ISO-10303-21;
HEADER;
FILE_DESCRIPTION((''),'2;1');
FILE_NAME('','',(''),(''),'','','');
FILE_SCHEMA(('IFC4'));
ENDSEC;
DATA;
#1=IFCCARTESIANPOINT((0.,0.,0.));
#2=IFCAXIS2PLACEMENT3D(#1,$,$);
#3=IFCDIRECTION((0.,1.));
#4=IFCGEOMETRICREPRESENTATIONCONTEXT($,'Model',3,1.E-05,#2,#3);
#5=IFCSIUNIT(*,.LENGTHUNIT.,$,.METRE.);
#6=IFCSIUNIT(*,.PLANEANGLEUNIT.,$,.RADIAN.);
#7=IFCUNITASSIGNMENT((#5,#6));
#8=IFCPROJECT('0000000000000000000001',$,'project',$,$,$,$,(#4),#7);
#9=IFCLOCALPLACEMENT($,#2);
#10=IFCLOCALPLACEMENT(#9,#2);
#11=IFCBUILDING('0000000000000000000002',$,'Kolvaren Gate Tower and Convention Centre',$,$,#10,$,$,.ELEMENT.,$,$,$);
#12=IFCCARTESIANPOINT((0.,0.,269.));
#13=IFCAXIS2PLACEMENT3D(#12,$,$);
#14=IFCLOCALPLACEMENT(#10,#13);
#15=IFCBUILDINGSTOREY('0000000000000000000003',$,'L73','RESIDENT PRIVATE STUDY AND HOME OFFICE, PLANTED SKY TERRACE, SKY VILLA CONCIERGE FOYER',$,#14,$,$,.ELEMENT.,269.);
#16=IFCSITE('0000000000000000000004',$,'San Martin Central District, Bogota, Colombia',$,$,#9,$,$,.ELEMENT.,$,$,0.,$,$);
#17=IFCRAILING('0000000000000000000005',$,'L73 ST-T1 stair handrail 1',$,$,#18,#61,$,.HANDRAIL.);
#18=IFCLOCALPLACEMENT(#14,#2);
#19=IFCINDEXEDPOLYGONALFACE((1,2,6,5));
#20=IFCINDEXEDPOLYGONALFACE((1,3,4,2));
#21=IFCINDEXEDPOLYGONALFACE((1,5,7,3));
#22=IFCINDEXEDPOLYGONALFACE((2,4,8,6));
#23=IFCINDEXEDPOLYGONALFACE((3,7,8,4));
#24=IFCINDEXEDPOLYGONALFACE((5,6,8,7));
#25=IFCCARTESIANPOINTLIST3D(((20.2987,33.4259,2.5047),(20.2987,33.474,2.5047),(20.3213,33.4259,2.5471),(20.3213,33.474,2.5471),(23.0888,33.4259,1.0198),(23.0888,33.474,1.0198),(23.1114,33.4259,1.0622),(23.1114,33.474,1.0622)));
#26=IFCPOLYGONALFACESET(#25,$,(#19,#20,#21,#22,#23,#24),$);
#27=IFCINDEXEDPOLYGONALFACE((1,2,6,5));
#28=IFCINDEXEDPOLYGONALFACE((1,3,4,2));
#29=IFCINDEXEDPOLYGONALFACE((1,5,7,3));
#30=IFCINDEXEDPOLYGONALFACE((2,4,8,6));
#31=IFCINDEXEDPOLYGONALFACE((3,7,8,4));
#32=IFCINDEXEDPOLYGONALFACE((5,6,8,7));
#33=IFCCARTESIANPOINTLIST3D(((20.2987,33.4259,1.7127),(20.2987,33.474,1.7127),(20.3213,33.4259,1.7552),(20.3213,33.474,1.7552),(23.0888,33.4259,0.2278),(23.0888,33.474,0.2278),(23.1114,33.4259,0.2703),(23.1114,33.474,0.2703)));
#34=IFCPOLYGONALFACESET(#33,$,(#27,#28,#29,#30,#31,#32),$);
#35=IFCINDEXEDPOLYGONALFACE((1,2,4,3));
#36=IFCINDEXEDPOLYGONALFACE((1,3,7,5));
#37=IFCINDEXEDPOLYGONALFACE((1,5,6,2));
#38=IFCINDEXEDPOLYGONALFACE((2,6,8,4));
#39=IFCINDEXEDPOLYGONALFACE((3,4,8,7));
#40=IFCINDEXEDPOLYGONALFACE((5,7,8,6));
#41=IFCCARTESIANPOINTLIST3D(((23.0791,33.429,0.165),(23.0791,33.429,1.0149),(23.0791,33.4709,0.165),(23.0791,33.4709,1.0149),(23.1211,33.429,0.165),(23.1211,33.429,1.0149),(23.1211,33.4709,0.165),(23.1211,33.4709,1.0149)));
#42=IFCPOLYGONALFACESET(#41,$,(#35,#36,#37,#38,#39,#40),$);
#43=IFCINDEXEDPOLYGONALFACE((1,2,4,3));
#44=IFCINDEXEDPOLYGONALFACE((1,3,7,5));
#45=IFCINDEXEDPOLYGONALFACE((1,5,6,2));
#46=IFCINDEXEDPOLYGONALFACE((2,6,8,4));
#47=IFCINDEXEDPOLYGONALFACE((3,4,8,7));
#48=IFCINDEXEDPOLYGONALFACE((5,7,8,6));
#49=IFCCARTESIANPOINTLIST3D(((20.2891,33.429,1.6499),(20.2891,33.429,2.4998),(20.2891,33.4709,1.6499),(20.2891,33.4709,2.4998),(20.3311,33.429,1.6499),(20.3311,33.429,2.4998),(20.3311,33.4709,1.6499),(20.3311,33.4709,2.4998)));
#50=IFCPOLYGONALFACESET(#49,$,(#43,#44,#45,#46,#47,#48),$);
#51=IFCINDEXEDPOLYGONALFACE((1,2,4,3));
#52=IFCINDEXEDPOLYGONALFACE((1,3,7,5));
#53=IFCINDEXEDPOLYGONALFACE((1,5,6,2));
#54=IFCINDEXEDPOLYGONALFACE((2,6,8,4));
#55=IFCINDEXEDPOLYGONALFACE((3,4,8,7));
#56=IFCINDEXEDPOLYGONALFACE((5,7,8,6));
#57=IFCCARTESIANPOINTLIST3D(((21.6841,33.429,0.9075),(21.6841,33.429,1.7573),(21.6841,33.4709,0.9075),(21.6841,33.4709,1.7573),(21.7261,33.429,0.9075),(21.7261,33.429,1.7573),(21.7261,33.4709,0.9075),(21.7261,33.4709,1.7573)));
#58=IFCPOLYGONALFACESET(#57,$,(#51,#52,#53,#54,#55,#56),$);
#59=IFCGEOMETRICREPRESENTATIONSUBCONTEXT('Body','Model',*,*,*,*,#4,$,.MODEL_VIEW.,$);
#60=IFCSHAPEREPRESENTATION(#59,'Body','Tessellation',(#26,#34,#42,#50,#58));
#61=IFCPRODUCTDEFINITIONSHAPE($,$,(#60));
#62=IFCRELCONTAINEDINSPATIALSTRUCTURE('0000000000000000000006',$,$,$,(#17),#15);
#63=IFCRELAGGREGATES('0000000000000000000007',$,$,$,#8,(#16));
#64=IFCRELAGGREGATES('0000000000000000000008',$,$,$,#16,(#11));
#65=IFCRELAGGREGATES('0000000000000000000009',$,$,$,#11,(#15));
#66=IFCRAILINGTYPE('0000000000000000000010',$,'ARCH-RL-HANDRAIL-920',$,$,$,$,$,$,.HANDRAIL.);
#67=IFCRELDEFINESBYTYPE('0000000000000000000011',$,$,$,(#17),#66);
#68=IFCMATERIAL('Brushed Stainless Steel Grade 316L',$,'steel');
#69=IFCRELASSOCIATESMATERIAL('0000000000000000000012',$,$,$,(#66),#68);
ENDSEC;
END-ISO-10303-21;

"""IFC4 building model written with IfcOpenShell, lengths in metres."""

from ifc_helpers import new_model, si_unit, direction, frame, origin, origin_2d, place, context, subcontext, project, spatial, rectangle, extrude, material, type_object, element, save


model = new_model("IFC4")

# Units and contexts
model_context = context("Model", 3, precision=1e-05, world=origin(), true_north=direction((0.0, 1.0)))
body_context = subcontext(model_context, "Body", "Model", "MODEL_VIEW")
ifc_project = project(units=[si_unit("LENGTHUNIT", "METRE"), si_unit("PLANEANGLEUNIT", "RADIAN")], contexts=[model_context])

# Site, building, storey
site_placement = place(None, origin())
site = spatial("IfcSite", under=ifc_project, at=site_placement, Name="San Martin Central District, Bogota, Colombia", CompositionType="ELEMENT", RefElevation=0.0)
building_placement = place(site_placement, origin())
building = spatial("IfcBuilding", under=site, at=building_placement, Name="Kolvaren Gate Tower and Convention Centre", CompositionType="ELEMENT")
storey_placement = place(building_placement, frame((0.0, 0.0, 269.0)))
storey = spatial("IfcBuildingStorey", under=building, at=storey_placement, Name="L73", Description="RESIDENT PRIVATE STUDY AND HOME OFFICE, PLANTED SKY TERRACE, SKY VILLA CONCIERGE FOYER", CompositionType="ELEMENT", Elevation=269.0)

# Railing
ifc_material_1 = material(Name="Brushed Stainless Steel Grade 316L", Category="steel")
railing_type = type_object("IfcRailingType", Name="ARCH-RL-HANDRAIL-920", PredefinedType="HANDRAIL", material=ifc_material_1)
railing_placement = place(storey_placement, frame((23.1001, 33.45, 0.165)))
element("IfcRailing", 1, at=railing_placement, inside=storey, type_object=railing_type, Name="L73 ST-T1 stair handrail 1", PredefinedType="HANDRAIL", context=body_context, shape_type="SweptSolid", body=[
    extrude(rectangle(XDim=0.0481, YDim=0.0481, at=origin_2d()), frame((0.0, 0.0, 0.876), z_axis=(-0.882767, 0.0, 0.46981), x_axis=(0.0, -1.0, 0.0)), (0.0, 0.0, 1.0), 3.1606),
    extrude(rectangle(XDim=0.0481, YDim=0.0481, at=origin_2d()), frame((0.0, 0.0, 0.084), z_axis=(-0.882767, 0.0, 0.46981), x_axis=(0.0, -1.0, 0.0)), (0.0, 0.0, 1.0), 3.1606),
    extrude(rectangle(XDim=0.042, YDim=0.042, at=origin_2d()), origin(), (0.0, 0.0, 1.0), 0.8499),
    extrude(rectangle(XDim=0.042, YDim=0.042, at=origin_2d()), frame((-2.79, 0.0, 1.4849)), (0.0, 0.0, 1.0), 0.8499),
    extrude(rectangle(XDim=0.042, YDim=0.042, at=origin_2d()), frame((-1.395, 0.0, 0.7424)), (0.0, 0.0, 1.0), 0.8499),
])

save(model, "model.ifc")
